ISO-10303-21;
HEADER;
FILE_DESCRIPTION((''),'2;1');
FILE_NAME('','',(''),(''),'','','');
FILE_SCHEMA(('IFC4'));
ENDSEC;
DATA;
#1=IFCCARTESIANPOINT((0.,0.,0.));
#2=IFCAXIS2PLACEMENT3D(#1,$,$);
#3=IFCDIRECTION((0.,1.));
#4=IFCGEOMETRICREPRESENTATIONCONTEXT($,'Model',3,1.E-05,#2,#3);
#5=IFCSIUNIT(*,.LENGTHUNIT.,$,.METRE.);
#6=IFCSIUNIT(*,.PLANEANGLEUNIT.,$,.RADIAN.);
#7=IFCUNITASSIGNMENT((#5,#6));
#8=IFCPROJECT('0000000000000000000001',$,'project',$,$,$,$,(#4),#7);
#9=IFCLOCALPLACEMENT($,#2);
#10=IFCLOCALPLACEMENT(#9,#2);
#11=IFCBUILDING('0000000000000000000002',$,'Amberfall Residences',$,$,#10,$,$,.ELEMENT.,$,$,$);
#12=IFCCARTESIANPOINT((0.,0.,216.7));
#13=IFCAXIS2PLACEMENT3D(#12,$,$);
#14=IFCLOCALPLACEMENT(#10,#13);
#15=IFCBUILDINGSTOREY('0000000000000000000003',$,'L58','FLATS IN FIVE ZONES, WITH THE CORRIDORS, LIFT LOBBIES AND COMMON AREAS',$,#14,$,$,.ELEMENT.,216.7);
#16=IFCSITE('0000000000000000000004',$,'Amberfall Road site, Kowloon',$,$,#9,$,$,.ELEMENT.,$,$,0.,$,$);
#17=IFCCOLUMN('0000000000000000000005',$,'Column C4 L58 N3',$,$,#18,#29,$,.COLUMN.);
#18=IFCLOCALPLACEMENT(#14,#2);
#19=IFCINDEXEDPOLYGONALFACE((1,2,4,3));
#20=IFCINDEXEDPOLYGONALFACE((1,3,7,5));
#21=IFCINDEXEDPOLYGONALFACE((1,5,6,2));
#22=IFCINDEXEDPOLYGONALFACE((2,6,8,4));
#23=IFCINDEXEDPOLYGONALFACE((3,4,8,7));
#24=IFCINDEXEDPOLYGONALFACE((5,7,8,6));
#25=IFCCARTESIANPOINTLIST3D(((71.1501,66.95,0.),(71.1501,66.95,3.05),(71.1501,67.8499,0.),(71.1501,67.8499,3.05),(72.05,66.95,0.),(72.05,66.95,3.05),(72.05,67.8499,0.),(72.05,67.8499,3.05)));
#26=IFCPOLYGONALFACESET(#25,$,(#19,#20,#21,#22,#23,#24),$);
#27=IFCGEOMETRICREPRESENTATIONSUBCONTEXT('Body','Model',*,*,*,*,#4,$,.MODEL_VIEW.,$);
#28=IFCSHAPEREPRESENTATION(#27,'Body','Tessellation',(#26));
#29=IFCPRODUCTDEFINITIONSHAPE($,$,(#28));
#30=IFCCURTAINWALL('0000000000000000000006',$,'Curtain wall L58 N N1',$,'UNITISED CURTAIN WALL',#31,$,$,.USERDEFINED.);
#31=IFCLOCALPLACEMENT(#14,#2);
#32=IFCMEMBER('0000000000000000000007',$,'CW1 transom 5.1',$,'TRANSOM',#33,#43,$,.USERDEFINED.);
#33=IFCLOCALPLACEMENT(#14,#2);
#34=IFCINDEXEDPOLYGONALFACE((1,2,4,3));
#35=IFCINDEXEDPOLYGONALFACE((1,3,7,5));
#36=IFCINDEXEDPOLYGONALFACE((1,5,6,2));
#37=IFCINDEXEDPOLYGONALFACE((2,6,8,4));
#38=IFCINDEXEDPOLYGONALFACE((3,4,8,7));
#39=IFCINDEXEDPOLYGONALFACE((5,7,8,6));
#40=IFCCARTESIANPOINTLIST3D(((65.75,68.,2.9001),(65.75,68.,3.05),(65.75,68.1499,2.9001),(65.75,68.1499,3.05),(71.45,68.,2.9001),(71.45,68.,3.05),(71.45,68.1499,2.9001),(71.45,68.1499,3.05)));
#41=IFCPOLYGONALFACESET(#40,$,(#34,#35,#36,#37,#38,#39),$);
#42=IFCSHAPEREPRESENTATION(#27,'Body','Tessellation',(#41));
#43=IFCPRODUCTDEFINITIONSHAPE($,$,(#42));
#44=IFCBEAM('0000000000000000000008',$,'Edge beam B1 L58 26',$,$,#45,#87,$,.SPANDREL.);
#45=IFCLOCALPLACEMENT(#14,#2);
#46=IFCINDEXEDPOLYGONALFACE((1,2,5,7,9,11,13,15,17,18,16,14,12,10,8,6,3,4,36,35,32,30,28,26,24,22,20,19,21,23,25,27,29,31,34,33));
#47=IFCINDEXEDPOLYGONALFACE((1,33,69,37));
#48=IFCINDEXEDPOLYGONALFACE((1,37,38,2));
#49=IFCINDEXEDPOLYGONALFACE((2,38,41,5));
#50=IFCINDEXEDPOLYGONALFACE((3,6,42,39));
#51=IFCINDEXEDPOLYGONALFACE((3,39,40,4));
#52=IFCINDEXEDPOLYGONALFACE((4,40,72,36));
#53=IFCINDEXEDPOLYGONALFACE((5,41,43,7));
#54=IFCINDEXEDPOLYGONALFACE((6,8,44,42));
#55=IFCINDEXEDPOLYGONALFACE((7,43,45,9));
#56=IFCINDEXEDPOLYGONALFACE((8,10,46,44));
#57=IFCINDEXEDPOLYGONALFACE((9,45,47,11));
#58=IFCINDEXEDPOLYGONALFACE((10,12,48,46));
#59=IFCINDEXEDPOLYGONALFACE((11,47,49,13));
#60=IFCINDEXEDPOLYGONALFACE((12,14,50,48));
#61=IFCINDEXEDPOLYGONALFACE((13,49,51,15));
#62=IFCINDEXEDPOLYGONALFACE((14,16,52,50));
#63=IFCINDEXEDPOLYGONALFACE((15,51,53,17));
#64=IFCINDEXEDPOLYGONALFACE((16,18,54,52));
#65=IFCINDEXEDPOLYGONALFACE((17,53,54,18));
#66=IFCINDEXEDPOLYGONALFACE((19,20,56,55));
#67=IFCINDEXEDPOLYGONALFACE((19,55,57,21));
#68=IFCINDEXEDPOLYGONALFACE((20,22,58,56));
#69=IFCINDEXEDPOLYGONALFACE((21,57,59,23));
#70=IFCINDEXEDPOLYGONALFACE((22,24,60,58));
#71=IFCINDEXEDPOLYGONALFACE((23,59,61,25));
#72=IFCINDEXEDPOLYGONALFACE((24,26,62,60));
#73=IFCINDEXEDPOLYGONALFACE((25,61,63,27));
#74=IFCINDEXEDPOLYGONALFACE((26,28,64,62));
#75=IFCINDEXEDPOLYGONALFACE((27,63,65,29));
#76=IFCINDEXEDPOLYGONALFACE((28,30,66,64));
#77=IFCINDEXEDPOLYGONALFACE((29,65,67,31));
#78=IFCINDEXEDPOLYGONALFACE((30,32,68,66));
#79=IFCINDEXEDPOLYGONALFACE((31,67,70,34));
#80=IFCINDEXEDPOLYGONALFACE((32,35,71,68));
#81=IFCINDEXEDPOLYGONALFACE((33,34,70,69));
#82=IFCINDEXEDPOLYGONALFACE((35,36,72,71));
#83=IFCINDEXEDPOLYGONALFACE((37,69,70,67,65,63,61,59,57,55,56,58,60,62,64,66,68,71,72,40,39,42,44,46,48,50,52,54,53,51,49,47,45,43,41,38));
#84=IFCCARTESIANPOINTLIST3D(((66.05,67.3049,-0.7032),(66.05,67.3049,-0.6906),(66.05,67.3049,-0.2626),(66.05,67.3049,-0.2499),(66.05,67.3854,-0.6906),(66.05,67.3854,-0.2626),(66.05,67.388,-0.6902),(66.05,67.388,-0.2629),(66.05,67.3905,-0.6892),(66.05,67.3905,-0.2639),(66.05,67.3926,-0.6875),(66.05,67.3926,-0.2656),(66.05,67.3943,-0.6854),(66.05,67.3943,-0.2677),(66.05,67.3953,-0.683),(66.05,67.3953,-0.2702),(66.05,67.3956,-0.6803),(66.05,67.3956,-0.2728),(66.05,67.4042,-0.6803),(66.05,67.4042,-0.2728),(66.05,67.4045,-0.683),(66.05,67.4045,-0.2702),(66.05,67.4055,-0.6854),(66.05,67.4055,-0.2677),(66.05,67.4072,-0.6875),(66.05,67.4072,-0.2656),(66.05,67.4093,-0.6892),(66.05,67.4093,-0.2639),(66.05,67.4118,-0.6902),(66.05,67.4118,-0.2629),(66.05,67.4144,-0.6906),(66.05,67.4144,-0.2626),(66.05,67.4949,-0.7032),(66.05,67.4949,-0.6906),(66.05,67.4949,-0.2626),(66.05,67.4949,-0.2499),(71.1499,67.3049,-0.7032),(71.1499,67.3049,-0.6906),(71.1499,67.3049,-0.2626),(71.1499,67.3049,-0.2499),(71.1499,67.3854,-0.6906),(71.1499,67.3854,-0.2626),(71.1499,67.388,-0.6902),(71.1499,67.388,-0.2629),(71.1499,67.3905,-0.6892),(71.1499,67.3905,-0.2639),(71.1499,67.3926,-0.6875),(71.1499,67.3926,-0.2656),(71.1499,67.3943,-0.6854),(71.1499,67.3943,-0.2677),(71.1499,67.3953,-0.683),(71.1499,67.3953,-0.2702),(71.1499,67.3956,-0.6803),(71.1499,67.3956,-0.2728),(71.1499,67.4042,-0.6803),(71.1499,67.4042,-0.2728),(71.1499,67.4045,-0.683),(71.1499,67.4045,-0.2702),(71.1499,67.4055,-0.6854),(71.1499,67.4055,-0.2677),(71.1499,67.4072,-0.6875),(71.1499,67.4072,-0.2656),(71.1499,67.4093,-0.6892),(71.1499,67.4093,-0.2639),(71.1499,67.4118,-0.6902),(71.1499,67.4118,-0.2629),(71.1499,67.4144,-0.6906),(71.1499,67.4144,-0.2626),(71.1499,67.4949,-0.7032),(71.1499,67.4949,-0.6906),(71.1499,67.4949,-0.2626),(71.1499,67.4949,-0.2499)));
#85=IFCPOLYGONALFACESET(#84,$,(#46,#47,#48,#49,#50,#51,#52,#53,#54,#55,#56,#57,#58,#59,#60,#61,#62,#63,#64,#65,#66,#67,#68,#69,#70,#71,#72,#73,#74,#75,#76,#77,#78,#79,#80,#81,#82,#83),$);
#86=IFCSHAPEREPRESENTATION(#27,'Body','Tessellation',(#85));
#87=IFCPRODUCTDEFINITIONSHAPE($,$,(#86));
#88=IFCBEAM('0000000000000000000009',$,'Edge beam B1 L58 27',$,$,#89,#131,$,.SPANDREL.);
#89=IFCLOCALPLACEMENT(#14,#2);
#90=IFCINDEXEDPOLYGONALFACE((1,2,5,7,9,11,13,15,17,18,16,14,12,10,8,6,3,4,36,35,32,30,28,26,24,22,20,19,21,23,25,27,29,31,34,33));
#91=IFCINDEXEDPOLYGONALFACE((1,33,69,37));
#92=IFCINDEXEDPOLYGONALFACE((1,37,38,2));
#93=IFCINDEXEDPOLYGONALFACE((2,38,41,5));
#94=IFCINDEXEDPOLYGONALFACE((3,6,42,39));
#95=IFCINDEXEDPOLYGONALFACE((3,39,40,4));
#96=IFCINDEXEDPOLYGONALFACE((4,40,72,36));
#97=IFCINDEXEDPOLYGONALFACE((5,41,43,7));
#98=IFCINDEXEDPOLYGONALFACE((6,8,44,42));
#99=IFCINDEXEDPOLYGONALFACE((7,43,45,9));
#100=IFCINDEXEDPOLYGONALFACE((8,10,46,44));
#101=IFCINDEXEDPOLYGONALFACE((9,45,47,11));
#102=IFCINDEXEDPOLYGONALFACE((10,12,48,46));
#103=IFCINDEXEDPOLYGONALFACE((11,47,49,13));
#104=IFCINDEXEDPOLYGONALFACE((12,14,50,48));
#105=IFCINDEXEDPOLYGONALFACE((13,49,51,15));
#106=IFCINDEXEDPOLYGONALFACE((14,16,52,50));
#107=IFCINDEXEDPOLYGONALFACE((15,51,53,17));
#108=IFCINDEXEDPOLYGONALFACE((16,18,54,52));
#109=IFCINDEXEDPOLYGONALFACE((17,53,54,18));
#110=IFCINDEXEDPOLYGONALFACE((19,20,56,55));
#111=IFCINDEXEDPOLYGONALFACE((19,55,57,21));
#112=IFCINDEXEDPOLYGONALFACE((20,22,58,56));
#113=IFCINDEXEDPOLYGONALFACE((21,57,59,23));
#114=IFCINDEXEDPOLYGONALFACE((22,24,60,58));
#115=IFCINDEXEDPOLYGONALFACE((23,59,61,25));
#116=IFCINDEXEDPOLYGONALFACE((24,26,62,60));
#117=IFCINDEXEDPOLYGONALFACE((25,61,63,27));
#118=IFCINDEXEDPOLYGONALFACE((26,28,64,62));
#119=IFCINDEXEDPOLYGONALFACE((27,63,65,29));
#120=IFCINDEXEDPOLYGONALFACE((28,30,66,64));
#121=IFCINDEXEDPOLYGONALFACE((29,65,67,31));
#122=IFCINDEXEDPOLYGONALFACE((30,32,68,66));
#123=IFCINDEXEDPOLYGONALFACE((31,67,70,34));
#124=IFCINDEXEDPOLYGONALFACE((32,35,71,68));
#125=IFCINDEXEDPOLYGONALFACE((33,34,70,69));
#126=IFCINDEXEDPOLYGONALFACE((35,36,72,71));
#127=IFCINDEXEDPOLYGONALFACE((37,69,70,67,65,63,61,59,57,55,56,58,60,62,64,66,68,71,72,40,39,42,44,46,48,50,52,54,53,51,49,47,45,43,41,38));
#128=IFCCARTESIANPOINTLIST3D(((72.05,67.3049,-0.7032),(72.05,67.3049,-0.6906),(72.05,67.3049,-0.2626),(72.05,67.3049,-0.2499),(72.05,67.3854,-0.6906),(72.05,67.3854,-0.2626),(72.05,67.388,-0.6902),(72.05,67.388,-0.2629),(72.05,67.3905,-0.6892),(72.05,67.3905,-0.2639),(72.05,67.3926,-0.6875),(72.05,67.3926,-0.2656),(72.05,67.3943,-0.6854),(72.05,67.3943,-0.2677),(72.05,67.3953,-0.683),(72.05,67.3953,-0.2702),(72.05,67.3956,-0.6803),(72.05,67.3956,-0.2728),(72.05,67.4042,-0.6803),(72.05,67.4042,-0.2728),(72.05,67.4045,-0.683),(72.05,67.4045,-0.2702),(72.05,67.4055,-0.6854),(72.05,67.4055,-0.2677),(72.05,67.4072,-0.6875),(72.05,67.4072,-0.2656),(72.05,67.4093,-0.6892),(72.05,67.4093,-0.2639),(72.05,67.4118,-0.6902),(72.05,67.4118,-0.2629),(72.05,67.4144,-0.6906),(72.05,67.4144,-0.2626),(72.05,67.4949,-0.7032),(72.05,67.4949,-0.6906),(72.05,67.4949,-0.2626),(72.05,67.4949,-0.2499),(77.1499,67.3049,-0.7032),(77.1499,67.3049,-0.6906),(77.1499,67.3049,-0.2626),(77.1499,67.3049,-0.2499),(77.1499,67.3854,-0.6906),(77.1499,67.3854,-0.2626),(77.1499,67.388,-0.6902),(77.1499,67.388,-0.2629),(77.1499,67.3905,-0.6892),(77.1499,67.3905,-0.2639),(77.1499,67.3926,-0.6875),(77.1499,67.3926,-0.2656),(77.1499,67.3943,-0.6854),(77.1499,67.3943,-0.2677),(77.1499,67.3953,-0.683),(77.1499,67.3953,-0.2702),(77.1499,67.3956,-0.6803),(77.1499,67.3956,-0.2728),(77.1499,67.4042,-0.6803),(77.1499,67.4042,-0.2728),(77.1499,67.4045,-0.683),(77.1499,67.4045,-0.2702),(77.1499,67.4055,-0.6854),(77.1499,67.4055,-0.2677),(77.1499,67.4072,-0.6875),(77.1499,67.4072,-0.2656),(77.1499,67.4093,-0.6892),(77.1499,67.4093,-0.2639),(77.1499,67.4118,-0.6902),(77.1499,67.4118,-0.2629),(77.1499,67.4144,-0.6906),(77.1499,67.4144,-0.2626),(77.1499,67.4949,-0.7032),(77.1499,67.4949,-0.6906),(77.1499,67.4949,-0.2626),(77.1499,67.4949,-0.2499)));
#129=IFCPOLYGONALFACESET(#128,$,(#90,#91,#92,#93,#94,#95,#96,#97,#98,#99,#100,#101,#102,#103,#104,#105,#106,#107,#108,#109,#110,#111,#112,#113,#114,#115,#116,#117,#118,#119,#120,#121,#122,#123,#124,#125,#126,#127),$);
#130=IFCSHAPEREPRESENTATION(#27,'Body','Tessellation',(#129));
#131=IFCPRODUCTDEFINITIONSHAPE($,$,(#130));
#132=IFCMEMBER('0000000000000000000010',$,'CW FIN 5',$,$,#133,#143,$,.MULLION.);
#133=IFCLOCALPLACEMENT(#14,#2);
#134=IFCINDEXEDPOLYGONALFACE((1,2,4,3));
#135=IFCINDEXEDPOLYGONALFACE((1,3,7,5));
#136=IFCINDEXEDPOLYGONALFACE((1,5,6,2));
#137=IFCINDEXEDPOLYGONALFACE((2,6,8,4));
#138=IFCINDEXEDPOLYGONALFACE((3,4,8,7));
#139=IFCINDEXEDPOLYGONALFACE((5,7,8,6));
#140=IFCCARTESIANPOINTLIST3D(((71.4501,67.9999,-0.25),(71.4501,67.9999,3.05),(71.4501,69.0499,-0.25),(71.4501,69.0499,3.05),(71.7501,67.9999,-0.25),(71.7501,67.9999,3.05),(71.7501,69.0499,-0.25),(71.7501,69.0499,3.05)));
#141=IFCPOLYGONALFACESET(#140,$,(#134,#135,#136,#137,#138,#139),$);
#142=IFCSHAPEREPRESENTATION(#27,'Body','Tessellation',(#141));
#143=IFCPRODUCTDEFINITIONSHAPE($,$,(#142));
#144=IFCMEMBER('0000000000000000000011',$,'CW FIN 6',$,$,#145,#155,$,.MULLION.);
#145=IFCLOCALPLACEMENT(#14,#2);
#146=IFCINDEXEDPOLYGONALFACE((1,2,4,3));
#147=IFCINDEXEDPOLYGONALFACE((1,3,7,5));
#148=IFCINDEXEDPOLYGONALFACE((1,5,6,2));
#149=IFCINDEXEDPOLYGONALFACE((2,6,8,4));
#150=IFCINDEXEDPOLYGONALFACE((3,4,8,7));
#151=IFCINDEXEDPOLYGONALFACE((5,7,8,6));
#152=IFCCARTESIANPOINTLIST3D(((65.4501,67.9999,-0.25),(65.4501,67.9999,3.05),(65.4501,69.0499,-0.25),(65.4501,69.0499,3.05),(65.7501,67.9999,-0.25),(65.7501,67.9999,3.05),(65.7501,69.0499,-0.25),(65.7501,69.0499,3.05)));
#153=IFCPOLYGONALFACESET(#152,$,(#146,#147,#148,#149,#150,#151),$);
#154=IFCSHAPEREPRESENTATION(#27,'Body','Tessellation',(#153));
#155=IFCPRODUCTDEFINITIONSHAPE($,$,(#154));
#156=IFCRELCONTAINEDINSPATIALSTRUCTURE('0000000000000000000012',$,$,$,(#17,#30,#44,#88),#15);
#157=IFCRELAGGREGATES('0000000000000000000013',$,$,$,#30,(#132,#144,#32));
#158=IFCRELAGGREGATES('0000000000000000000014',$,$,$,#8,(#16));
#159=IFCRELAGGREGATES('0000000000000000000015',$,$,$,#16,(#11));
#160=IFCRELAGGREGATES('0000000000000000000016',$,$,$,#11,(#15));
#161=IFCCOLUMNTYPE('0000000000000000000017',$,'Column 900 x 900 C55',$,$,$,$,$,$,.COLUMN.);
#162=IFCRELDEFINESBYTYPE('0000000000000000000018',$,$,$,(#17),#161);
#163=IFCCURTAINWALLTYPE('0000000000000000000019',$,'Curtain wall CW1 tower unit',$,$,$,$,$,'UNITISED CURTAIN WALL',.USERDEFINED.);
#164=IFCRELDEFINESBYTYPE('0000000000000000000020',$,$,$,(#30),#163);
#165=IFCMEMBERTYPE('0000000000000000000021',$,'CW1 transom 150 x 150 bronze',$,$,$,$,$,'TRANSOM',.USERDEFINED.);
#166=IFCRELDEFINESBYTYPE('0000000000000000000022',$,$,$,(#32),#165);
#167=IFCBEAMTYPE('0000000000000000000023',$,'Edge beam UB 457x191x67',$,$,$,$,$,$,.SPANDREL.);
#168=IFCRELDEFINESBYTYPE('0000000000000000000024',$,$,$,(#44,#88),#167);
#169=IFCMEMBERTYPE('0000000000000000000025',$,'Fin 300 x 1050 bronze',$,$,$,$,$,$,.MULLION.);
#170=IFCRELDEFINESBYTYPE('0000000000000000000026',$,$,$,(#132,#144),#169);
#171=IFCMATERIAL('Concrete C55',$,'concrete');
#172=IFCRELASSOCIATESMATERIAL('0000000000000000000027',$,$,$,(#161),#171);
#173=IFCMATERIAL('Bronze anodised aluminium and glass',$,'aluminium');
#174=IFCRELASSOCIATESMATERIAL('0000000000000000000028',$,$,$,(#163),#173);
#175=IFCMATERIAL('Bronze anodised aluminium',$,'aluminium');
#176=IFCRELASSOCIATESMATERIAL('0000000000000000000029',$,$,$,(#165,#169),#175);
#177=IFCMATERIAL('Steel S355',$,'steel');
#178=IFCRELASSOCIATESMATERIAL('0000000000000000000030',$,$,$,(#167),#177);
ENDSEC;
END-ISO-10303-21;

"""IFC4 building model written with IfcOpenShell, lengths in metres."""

from ifc_helpers import new_model, si_unit, direction, frame, origin, origin_2d, place, context, subcontext, project, spatial, rectangle, i_section, extrude, material, material_profile, profile_set, type_object, element, aggregate, save


model = new_model("IFC4")

# Units and contexts
model_context = context("Model", 3, precision=1e-05, world=origin(), true_north=direction((0.0, 1.0)))
body_context = subcontext(model_context, "Body", "Model", "MODEL_VIEW")
ifc_project = project(units=[si_unit("LENGTHUNIT", "METRE"), si_unit("PLANEANGLEUNIT", "RADIAN")], contexts=[model_context])

# Site, building, storey
site_placement = place(None, origin())
site = spatial("IfcSite", under=ifc_project, at=site_placement, Name="Amberfall Road site, Kowloon", CompositionType="ELEMENT", RefElevation=0.0)
building_placement = place(site_placement, origin())
building = spatial("IfcBuilding", under=site, at=building_placement, Name="Amberfall Residences", CompositionType="ELEMENT")
storey_placement = place(building_placement, frame((0.0, 0.0, 216.7)))
storey = spatial("IfcBuildingStorey", under=building, at=storey_placement, Name="L58", Description="FLATS IN FIVE ZONES, WITH THE CORRIDORS, LIFT LOBBIES AND COMMON AREAS", CompositionType="ELEMENT", Elevation=216.7)

# Column
ifc_material_1 = material(Name="Concrete C55", Category="concrete")
ifc_material_profile_1 = material_profile(ifc_material_1, rectangle(XDim=0.8999, YDim=0.8999, at=origin_2d()), Name="Column 900 x 900 C55")
ifc_profile_set_1 = profile_set([ifc_material_profile_1], Name="Concrete C55")
column_type = type_object("IfcColumnType", Name="Column 900 x 900 C55", PredefinedType="COLUMN", material=ifc_profile_set_1)
column_placement = place(storey_placement, frame((71.6001, 67.3999, 0.0), z_axis=(0.0, 0.0, 1.0), x_axis=(1.0, 0.0, 0.0)))
element("IfcColumn", 1, at=column_placement, inside=storey, type_object=column_type, Name="Column C4 L58 N3", PredefinedType="COLUMN", context=body_context, shape_type="SweptSolid", body=[
    extrude(rectangle(XDim=0.8999, YDim=0.8999, at=origin_2d()), origin(), (0.0, 0.0, 1.0), 3.05),
])

# Curtain wall, member
ifc_material_2 = material(Name="Bronze anodised aluminium and glass", Category="aluminium")
curtain_wall_type = type_object("IfcCurtainWallType", Name="Curtain wall CW1 tower unit", ElementType="UNITISED CURTAIN WALL", PredefinedType="USERDEFINED", material=ifc_material_2)
curtain_wall_placement = place(storey_placement, origin())
curtain_wall = element("IfcCurtainWall", 2, at=curtain_wall_placement, inside=storey, type_object=curtain_wall_type, Name="Curtain wall L58 N N1", ObjectType="UNITISED CURTAIN WALL", PredefinedType="USERDEFINED")
ifc_material_3 = material(Name="Bronze anodised aluminium", Category="aluminium")
ifc_material_profile_2 = material_profile(ifc_material_3, rectangle(XDim=0.1499, YDim=0.1499, at=origin_2d()), Name="CW1 transom 150 x 150 bronze")
ifc_profile_set_2 = profile_set([ifc_material_profile_2], Name="Bronze anodised aluminium")
member_type_1 = type_object("IfcMemberType", Name="CW1 transom 150 x 150 bronze", ElementType="TRANSOM", PredefinedType="USERDEFINED", material=ifc_profile_set_2)
member_1_placement = place(storey_placement, frame((71.45, 68.075, 2.9751), z_axis=(-1.0, 0.0, 0.0), x_axis=(0.0, -1.0, 0.0)))
member_1 = element("IfcMember", 3, at=member_1_placement, type_object=member_type_1, Name="CW1 transom 5.1", ObjectType="TRANSOM", PredefinedType="USERDEFINED", context=body_context, shape_type="SweptSolid", body=[
    extrude(rectangle(XDim=0.1499, YDim=0.1499, at=origin_2d()), origin(), (0.0, 0.0, 1.0), 5.7),
])

# Beams
ifc_material_4 = material(Name="Steel S355", Category="steel")
ifc_material_profile_3 = material_profile(ifc_material_4, i_section(OverallWidth=0.1899, OverallDepth=0.4534, WebThickness=0.0085, FlangeThickness=0.0127, FilletRadius=0.0103, at=origin_2d()), Name="UB 457x191x67")
ifc_profile_set_3 = profile_set([ifc_material_profile_3], Name="Steel S355")
beam_type_1 = type_object("IfcBeamType", Name="Edge beam UB 457x191x67", PredefinedType="SPANDREL", material=ifc_profile_set_3)
for number, where, z_axis, x_axis, name in (
    (4, (66.05, 67.3999, -0.4766), (1.0, 0.0, 0.0), (0.0, 1.0, 0.0), "Edge beam B1 L58 26"),
    (5, (72.05, 67.3999, -0.4766), (1.0, 0.0, 0.0), (0.0, 1.0, 0.0), "Edge beam B1 L58 27"),
):
    element("IfcBeam", number, at=place(storey_placement, frame(where, z_axis=z_axis, x_axis=x_axis)), inside=storey, type_object=beam_type_1, Name=name, PredefinedType="SPANDREL", context=body_context, shape_type="SweptSolid", body=[
        extrude(i_section(OverallWidth=0.1899, OverallDepth=0.4534, WebThickness=0.0085, FlangeThickness=0.0127, FilletRadius=0.0103, at=origin_2d()), origin(), (0.0, 0.0, 1.0), 5.0999),
    ])

# Members
ifc_material_profile_4 = material_profile(ifc_material_3, rectangle(XDim=1.05, YDim=0.3, at=origin_2d()), Name="Fin 300 x 1050 bronze")
ifc_profile_set_4 = profile_set([ifc_material_profile_4], Name="Bronze anodised aluminium")
member_type_2 = type_object("IfcMemberType", Name="Fin 300 x 1050 bronze", PredefinedType="MULLION", material=ifc_profile_set_4)
member_2_placement = place(storey_placement, frame((71.6001, 68.5249, -0.25), z_axis=(0.0, 0.0, 1.0), x_axis=(0.0, -1.0, 0.0)))
member_2 = element("IfcMember", 6, at=member_2_placement, type_object=member_type_2, Name="CW FIN 5", PredefinedType="MULLION", context=body_context, shape_type="SweptSolid", body=[
    extrude(rectangle(XDim=1.05, YDim=0.3, at=origin_2d()), origin(), (0.0, 0.0, 1.0), 3.3),
])
member_3_placement = place(storey_placement, frame((65.6001, 68.5249, -0.25), z_axis=(0.0, 0.0, 1.0), x_axis=(0.0, -1.0, 0.0)))
member_3 = element("IfcMember", 7, at=member_3_placement, type_object=member_type_2, Name="CW FIN 6", PredefinedType="MULLION", context=body_context, shape_type="SweptSolid", body=[
    extrude(rectangle(XDim=1.05, YDim=0.3, at=origin_2d()), origin(), (0.0, 0.0, 1.0), 3.3),
])

aggregate(curtain_wall, [member_2, member_3, member_1])

save(model, "model.ifc")
